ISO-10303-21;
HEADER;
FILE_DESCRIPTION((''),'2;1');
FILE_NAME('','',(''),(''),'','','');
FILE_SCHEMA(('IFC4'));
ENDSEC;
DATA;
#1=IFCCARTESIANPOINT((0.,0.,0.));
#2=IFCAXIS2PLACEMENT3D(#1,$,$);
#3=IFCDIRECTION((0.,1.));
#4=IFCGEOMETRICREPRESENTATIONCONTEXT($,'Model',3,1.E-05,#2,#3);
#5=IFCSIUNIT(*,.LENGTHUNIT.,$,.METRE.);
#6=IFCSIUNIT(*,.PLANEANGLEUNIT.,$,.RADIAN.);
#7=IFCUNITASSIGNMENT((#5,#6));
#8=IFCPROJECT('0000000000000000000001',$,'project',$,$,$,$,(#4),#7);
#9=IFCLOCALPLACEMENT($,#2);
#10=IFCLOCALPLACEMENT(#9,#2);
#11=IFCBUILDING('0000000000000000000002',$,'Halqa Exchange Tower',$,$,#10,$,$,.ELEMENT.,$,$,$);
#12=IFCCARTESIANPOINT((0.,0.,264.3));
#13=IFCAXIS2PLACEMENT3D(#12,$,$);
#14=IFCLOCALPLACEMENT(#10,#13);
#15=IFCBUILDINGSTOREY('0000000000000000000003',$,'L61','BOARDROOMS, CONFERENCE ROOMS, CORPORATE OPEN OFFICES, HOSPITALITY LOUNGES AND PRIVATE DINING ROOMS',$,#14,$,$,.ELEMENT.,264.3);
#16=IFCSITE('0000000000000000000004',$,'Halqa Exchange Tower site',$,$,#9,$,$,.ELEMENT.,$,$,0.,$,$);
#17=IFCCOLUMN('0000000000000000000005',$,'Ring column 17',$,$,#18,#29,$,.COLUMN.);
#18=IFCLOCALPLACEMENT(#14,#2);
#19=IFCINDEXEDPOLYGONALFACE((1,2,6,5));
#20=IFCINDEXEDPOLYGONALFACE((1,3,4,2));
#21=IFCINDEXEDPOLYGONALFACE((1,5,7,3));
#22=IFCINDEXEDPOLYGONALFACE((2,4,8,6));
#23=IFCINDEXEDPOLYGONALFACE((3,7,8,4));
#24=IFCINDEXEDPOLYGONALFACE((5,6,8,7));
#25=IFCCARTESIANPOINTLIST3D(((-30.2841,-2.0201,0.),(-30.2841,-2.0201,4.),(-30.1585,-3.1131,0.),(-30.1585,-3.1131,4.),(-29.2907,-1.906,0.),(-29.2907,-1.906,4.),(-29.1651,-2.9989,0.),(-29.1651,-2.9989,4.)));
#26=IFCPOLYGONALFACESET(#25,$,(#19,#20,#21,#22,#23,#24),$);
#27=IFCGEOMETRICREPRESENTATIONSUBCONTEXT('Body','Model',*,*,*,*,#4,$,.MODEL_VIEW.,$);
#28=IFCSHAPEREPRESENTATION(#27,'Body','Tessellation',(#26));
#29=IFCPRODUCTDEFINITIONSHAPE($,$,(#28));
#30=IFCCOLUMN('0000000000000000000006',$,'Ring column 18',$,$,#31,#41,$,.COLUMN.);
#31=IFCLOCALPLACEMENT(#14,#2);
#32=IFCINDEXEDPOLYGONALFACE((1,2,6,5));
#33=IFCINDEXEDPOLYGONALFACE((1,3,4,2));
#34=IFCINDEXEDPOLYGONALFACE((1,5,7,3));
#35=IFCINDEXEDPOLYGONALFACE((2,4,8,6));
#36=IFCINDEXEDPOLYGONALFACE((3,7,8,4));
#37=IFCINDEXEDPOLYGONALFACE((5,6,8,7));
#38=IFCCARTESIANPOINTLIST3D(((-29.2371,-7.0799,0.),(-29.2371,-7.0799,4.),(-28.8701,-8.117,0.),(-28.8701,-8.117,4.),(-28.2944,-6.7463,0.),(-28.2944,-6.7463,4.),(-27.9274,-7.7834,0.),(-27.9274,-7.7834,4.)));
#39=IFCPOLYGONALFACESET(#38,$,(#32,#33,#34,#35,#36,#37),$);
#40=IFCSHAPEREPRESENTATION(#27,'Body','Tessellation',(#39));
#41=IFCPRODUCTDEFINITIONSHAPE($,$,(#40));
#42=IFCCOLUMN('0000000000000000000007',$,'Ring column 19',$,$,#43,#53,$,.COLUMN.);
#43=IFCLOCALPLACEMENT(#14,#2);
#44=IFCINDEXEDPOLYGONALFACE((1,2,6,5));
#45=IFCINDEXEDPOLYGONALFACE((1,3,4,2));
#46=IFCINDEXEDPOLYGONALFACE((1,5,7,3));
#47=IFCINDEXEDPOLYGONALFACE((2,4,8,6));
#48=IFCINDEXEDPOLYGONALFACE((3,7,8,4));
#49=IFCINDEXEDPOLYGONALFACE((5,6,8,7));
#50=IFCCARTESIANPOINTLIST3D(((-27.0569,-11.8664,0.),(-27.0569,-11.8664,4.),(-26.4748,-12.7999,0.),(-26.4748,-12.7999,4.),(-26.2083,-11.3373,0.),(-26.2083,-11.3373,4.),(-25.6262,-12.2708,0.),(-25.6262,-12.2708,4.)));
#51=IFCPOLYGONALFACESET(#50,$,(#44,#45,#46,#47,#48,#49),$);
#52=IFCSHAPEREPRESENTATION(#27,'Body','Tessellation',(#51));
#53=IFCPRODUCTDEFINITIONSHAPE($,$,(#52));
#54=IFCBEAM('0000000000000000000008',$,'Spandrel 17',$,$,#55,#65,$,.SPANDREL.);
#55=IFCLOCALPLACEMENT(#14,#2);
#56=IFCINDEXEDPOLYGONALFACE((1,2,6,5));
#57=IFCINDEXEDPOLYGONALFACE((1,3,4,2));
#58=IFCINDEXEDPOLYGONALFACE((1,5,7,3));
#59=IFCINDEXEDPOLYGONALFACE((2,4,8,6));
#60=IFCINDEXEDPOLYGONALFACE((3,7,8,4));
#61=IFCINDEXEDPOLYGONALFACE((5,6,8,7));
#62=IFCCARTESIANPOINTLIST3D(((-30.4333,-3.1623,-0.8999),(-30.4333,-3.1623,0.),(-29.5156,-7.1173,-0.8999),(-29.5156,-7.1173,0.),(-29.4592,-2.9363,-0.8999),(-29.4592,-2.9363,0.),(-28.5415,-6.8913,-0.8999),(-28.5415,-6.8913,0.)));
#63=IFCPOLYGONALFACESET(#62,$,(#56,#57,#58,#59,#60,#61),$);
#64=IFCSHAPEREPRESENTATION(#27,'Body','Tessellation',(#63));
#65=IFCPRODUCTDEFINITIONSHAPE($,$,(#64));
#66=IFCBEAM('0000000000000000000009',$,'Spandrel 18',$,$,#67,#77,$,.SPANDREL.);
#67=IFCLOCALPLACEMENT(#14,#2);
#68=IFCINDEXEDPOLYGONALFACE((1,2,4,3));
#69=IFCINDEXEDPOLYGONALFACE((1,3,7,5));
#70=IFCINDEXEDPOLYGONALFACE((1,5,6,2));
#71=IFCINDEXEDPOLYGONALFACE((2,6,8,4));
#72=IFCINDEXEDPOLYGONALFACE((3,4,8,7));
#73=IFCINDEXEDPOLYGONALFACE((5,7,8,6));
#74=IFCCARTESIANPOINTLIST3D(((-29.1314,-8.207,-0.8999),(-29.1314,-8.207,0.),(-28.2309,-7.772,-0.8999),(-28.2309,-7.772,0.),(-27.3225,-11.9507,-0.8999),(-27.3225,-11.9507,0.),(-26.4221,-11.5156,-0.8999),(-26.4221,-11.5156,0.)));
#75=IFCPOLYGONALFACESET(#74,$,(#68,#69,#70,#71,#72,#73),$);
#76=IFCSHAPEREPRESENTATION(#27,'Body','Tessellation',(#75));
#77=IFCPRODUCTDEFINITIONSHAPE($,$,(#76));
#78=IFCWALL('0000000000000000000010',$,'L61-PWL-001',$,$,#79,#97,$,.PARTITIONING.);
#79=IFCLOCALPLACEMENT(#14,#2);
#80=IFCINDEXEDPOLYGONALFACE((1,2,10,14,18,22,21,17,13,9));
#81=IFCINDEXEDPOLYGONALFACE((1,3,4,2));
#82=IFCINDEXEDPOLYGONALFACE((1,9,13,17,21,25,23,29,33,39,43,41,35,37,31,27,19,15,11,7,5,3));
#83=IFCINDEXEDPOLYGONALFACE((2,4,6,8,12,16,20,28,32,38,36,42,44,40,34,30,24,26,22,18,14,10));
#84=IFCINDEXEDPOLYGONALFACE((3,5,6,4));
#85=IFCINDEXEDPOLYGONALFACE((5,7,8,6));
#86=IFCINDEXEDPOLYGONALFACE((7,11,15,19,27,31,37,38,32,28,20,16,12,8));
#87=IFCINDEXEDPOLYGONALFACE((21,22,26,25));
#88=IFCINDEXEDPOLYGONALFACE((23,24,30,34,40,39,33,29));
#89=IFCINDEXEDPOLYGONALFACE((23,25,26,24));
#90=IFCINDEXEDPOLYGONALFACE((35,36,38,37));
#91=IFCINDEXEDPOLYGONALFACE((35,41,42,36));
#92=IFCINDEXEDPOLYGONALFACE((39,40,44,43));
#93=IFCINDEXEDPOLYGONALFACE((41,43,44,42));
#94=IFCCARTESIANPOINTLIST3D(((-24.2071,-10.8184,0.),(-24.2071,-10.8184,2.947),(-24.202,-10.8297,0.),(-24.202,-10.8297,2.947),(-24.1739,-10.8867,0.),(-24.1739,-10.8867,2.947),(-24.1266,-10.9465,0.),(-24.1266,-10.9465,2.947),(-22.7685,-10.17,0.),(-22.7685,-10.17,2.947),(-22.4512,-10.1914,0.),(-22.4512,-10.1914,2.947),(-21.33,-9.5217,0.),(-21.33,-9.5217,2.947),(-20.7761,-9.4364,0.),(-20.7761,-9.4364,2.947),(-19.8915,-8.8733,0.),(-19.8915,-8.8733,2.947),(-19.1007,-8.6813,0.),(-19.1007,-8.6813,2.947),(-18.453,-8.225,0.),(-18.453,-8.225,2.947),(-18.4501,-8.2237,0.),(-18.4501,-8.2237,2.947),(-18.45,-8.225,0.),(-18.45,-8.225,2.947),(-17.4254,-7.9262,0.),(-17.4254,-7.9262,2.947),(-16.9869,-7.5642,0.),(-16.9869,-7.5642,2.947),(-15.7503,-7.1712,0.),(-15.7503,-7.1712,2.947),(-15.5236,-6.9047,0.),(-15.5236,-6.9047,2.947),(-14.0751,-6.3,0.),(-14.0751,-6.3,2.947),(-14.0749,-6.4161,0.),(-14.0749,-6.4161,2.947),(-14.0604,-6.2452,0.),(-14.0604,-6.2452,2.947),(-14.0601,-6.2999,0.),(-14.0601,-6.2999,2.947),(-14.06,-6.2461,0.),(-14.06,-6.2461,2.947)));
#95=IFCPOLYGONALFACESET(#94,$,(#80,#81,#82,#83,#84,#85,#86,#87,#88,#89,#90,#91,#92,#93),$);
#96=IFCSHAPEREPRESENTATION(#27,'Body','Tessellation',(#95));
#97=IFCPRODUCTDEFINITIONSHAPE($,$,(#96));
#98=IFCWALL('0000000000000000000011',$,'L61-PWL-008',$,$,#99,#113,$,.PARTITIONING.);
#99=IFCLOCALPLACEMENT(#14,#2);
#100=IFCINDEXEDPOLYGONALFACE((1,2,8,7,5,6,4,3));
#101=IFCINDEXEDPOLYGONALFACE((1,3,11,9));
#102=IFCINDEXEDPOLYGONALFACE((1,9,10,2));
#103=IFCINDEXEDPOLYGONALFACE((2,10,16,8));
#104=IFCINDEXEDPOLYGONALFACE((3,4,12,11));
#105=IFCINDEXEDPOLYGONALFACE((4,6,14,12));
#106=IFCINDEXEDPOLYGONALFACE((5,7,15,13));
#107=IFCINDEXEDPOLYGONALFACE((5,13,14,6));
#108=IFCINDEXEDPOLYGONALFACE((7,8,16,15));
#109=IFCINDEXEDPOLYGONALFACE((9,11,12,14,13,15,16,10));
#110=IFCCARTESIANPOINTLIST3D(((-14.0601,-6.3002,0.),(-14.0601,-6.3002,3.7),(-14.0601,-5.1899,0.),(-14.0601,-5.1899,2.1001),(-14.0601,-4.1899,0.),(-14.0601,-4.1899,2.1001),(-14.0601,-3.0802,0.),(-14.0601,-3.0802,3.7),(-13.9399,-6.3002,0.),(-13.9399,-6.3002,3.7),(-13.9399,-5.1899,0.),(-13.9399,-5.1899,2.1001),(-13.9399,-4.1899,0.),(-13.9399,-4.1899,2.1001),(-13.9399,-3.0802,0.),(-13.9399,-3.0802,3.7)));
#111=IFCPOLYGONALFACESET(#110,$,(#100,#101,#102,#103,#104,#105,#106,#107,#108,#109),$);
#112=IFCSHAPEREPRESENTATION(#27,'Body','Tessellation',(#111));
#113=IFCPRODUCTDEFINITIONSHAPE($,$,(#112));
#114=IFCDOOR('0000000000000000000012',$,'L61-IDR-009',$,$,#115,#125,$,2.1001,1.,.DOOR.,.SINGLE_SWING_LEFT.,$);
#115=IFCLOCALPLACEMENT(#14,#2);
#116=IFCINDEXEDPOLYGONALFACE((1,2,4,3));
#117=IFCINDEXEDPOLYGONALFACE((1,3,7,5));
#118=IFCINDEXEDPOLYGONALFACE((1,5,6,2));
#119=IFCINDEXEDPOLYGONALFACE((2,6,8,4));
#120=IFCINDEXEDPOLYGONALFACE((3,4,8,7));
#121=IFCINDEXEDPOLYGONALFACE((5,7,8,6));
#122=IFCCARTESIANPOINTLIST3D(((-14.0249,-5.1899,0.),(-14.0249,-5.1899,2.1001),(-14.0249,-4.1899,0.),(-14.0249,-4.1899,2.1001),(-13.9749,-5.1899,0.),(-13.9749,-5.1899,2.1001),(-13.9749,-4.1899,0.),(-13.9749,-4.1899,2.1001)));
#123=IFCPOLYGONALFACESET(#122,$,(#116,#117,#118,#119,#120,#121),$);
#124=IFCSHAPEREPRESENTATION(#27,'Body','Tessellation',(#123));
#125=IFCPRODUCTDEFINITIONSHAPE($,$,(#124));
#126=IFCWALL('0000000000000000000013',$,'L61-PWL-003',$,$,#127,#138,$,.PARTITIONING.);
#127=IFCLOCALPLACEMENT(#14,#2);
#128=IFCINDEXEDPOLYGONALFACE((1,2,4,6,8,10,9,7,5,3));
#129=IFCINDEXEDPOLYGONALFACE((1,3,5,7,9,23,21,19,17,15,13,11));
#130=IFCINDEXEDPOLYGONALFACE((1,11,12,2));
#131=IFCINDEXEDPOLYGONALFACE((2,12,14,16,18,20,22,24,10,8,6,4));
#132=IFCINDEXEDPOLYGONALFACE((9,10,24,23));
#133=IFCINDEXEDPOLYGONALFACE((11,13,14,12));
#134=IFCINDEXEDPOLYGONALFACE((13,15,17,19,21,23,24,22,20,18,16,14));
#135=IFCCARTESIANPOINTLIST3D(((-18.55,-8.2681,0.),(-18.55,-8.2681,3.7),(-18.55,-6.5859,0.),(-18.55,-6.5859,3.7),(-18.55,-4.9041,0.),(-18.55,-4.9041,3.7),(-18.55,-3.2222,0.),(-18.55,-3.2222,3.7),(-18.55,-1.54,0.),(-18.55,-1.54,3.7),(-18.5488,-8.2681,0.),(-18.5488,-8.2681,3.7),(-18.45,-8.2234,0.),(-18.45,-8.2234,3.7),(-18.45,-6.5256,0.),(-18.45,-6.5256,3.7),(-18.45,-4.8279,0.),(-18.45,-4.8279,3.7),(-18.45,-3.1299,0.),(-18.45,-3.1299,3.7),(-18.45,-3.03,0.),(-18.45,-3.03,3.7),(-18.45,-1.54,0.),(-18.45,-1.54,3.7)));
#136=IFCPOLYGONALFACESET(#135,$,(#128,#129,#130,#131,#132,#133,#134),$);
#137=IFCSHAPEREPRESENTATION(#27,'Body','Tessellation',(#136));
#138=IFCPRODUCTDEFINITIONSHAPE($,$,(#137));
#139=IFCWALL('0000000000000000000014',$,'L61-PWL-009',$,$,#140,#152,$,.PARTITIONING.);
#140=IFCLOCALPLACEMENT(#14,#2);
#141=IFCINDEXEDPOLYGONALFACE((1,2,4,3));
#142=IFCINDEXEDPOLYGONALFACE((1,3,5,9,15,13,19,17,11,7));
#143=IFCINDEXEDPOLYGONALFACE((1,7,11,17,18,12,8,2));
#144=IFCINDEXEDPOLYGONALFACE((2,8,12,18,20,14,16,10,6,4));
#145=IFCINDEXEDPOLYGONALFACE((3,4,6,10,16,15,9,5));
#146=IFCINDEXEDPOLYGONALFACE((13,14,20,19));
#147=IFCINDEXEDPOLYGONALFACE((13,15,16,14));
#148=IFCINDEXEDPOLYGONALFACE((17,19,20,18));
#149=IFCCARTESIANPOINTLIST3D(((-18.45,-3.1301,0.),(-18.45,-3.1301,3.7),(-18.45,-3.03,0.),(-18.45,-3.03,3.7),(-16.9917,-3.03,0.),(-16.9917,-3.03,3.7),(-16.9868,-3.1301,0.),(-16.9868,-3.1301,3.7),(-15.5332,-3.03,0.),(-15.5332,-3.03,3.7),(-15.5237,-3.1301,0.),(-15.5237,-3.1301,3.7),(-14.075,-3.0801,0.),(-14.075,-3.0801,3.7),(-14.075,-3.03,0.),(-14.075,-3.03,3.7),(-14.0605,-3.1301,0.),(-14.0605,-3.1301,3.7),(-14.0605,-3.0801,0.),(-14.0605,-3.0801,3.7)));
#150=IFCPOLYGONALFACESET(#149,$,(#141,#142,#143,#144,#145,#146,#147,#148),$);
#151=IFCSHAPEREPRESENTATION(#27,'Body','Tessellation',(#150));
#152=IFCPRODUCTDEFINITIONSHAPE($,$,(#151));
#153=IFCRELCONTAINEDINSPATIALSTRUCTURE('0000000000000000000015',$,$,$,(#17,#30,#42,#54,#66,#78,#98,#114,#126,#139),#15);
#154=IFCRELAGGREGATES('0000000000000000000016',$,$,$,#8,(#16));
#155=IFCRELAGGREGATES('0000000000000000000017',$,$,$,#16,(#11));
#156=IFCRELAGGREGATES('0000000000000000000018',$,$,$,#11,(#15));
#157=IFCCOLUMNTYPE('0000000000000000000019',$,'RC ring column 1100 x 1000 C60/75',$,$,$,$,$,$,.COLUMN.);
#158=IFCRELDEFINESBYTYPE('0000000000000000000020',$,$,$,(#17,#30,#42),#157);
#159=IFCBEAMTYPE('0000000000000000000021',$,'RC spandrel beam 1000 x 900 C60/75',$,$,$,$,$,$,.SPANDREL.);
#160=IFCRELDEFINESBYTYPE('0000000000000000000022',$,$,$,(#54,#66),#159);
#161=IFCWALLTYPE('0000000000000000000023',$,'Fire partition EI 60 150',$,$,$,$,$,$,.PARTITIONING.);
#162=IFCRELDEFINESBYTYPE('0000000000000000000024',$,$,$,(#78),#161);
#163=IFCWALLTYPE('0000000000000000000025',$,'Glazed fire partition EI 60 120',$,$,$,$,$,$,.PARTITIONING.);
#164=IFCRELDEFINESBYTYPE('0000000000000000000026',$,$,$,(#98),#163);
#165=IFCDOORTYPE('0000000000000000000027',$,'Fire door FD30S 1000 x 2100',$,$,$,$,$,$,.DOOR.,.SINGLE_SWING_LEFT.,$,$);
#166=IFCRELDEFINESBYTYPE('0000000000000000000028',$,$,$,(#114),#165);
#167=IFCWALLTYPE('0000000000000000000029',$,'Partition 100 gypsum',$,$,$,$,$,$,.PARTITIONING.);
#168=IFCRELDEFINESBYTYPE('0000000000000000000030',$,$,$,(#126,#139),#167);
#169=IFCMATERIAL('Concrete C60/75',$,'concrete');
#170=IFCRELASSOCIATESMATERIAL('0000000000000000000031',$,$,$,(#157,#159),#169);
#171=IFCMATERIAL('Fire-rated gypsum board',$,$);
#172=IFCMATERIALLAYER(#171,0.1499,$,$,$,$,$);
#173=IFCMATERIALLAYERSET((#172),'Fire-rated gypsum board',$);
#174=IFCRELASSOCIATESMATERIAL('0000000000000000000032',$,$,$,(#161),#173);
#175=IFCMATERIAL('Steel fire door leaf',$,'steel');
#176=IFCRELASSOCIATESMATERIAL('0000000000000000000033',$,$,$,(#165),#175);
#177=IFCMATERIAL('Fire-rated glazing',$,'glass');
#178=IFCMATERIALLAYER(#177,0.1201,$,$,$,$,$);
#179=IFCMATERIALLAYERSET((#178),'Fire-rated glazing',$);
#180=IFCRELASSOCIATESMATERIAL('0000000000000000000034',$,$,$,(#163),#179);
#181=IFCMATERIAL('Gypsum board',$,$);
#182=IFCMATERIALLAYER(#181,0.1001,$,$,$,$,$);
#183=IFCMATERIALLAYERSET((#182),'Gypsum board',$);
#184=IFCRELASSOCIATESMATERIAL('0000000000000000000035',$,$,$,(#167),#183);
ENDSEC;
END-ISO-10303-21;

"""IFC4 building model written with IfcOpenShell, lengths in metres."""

from ifc_helpers import new_model, si_unit, direction, frame, frame_2d, origin, origin_2d, place, context, subcontext, project, spatial, polyline, rectangle, outline, extrude, material, layer, layer_set, material_profile, profile_set, type_object, element, fill, save


model = new_model("IFC4")

# Units and contexts
model_context = context("Model", 3, precision=1e-05, world=origin(), true_north=direction((0.0, 1.0)))
body_context = subcontext(model_context, "Body", "Model", "MODEL_VIEW")
ifc_project = project(units=[si_unit("LENGTHUNIT", "METRE"), si_unit("PLANEANGLEUNIT", "RADIAN")], contexts=[model_context])

# Site, building, storey
site_placement = place(None, origin())
site = spatial("IfcSite", under=ifc_project, at=site_placement, Name="Halqa Exchange Tower site", CompositionType="ELEMENT", RefElevation=0.0)
building_placement = place(site_placement, origin())
building = spatial("IfcBuilding", under=site, at=building_placement, Name="Halqa Exchange Tower", CompositionType="ELEMENT")
storey_placement = place(building_placement, frame((0.0, 0.0, 264.3)))
storey = spatial("IfcBuildingStorey", under=building, at=storey_placement, Name="L61", Description="BOARDROOMS, CONFERENCE ROOMS, CORPORATE OPEN OFFICES, HOSPITALITY LOUNGES AND PRIVATE DINING ROOMS", CompositionType="ELEMENT", Elevation=264.3)

# Columns
ifc_material_1 = material(Name="Concrete C60/75", Category="concrete")
ifc_material_profile_1 = material_profile(ifc_material_1, rectangle(XDim=1.1001, YDim=1.0, at=origin_2d()), Name="1100 x 1000")
ifc_profile_set_1 = profile_set([ifc_material_profile_1], Name="Concrete C60/75")
column_type = type_object("IfcColumnType", Name="RC ring column 1100 x 1000 C60/75", PredefinedType="COLUMN", material=ifc_profile_set_1)
for number, where, z_axis, x_axis, name in (
    (1, (-29.7246, -2.5095, 0.0), (0.0, 0.0, 1.0), (0.114155, -0.993463, 0.0), "Ring column 17"),
    (2, (-28.5823, -7.4316, 0.0), (0.0, 0.0, 1.0), (0.333628, -0.942705, 0.0), "Ring column 18"),
    (3, (-26.3416, -12.0686, 0.0), (0.0, 0.0, 1.0), (0.529142, -0.848533, 0.0), "Ring column 19"),
):
    element("IfcColumn", number, at=place(storey_placement, frame(where, z_axis=z_axis, x_axis=x_axis)), inside=storey, type_object=column_type, Name=name, PredefinedType="COLUMN", context=body_context, shape_type="SweptSolid", body=[
        extrude(rectangle(XDim=1.1001, YDim=1.0, at=origin_2d()), origin(), (0.0, 0.0, 1.0), 4.0),
    ])

# Beams
ifc_material_profile_2 = material_profile(ifc_material_1, rectangle(XDim=1.0, YDim=0.8999, at=origin_2d()), Name="1000 x 900")
ifc_profile_set_2 = profile_set([ifc_material_profile_2], Name="Concrete C60/75")
beam_type = type_object("IfcBeamType", Name="RC spandrel beam 1000 x 900 C60/75", PredefinedType="SPANDREL", material=ifc_profile_set_2)
beam_1_placement = place(storey_placement, frame((-29.9463, -3.0493, -0.45), z_axis=(0.226032, -0.97412, 0.0), x_axis=(0.97412, 0.226032, 0.0)))
element("IfcBeam", 4, at=beam_1_placement, inside=storey, type_object=beam_type, Name="Spandrel 17", PredefinedType="SPANDREL", context=body_context, shape_type="SweptSolid", body=[
    extrude(rectangle(XDim=1.0, YDim=0.8999, at=origin_2d()), origin(), (0.0, 0.0, 1.0), 4.0601),
])
beam_2_placement = place(storey_placement, frame((-28.6812, -7.9895, -0.45), z_axis=(0.435053, -0.900405, 0.0), x_axis=(0.900405, 0.435053, 0.0)))
element("IfcBeam", 5, at=beam_2_placement, inside=storey, type_object=beam_type, Name="Spandrel 18", PredefinedType="SPANDREL", context=body_context, shape_type="SweptSolid", body=[
    extrude(rectangle(XDim=1.0, YDim=0.8999, at=origin_2d()), origin(), (0.0, 0.0, 1.0), 4.1577),
])

# Wall
ifc_material_2 = material(Name="Fire-rated gypsum board")
ifc_layer_1 = layer(ifc_material_2, 0.1499)
ifc_layer_set_1 = layer_set([ifc_layer_1], Name="Fire-rated gypsum board")
wall_type_1 = type_object("IfcWallType", Name="Fire partition EI 60 150", PredefinedType="PARTITIONING", material=ifc_layer_set_1)
wall_1_placement = place(storey_placement, frame((-24.1763, -10.8867, 0.0), z_axis=(0.0, 0.0, 1.0), x_axis=(0.911679, 0.410904, 0.0)))
element("IfcWall", 6, at=wall_1_placement, inside=storey, type_object=wall_type_1, Name="L61-PWL-001", PredefinedType="PARTITIONING", context=body_context, shape_type="SweptSolid", body=[
    extrude(outline(polyline([(0.0208, -0.075), (1.8584, -0.075), (3.6958, -0.075), (5.5334, -0.075), (7.3711, -0.075), (9.2085, -0.075), (11.0461, -0.075), (11.0938, 0.031), (11.1074, 0.0249), (11.1296, 0.074), (11.1296, 0.075), (9.5247, 0.075), (7.9197, 0.075), (6.3147, 0.075), (6.3142, 0.0737), (6.3115, 0.075), (4.7336, 0.075), (3.1558, 0.075), (1.5779, 0.075), (0.0, 0.075), (0.0, 0.0625), (0.0022, -0.001), (0.0208, -0.075)])), origin(), (0.0, 0.0, 1.0), 2.947),
])

# Shared definitions
ifc_material_3 = material(Name="Steel fire door leaf", Category="steel")
door_type_1 = type_object("IfcDoorType", Name="Fire door FD30S 1000 x 2100", OperationType="SINGLE_SWING_LEFT", PredefinedType="DOOR", material=ifc_material_3)

# Wall, opening, door
ifc_material_4 = material(Name="Fire-rated glazing", Category="glass")
ifc_layer_2 = layer(ifc_material_4, 0.1201)
ifc_layer_set_2 = layer_set([ifc_layer_2], Name="Fire-rated glazing")
wall_type_2 = type_object("IfcWallType", Name="Glazed fire partition EI 60 120", PredefinedType="PARTITIONING", material=ifc_layer_set_2)
wall_2_placement = place(storey_placement, frame((-14.0, -6.3, 0.0), z_axis=(0.0, 0.0, 1.0), x_axis=(0.0, 1.0, 0.0)))
wall_2 = element("IfcWall", 7, at=wall_2_placement, inside=storey, type_object=wall_type_2, Name="L61-PWL-008", PredefinedType="PARTITIONING", context=body_context, shape_type="SweptSolid", body=[
    extrude(rectangle(XDim=3.22, YDim=0.1201, at=frame_2d((1.6099, 0.0))), origin(), (0.0, 0.0, 1.0), 3.7),
])
opening_1_placement = place(wall_2_placement, frame((1.1101, 0.0, 0.0)))
opening_1 = element("IfcOpeningElement", 8, at=opening_1_placement, cuts=wall_2, PredefinedType="OPENING", context=body_context, shape_type="SweptSolid", body=[
    extrude(rectangle(XDim=1.0, YDim=2.1001, at=frame_2d((0.5, 1.05))), frame((0.0, 0.072, 0.0), z_axis=(0.0, -1.0, 0.0), x_axis=(1.0, 0.0, 0.0)), (0.0, 0.0, 1.0), 0.144),
])
door_1_placement = place(opening_1_placement, origin())
door_1 = element("IfcDoor", 9, at=door_1_placement, inside=storey, type_object=door_type_1, Name="L61-IDR-009", OperationType="SINGLE_SWING_LEFT", OverallHeight=2.1001, OverallWidth=1.0, PredefinedType="DOOR", context=body_context, shape_type="SweptSolid", body=[
    extrude(rectangle(XDim=1.0, YDim=2.1001, at=frame_2d((0.5, 1.05))), frame((0.0, 0.0249, 0.0), z_axis=(0.0, -1.0, 0.0), x_axis=(1.0, 0.0, 0.0)), (0.0, 0.0, 1.0), 0.05),
])
fill(opening_1, door_1)

# Walls
ifc_material_5 = material(Name="Gypsum board")
ifc_layer_3 = layer(ifc_material_5, 0.1001)
ifc_layer_set_3 = layer_set([ifc_layer_3], Name="Gypsum board")
wall_type_3 = type_object("IfcWallType", Name="Partition 100 gypsum", PredefinedType="PARTITIONING", material=ifc_layer_set_3)
wall_3_placement = place(storey_placement, frame((-18.5, -8.2681, 0.0), z_axis=(0.0, 0.0, 1.0), x_axis=(0.0, 1.0, 0.0)))
element("IfcWall", 10, at=wall_3_placement, inside=storey, type_object=wall_type_3, Name="L61-PWL-003", PredefinedType="PARTITIONING", context=body_context, shape_type="SweptSolid", body=[
    extrude(outline(polyline([(0.0447, -0.05), (1.7424, -0.05), (3.4402, -0.05), (5.1382, -0.05), (5.1382, -0.05), (5.238, -0.05), (5.238, -0.05), (6.728, -0.05), (6.728, 0.05), (5.0459, 0.05), (3.364, 0.05), (1.6821, 0.05), (0.0, 0.05), (0.0, 0.0488), (0.0447, -0.05)])), origin(), (0.0, 0.0, 1.0), 3.7),
])
wall_4_placement = place(storey_placement, frame((-14.0605, -3.0801, 0.0), z_axis=(0.0, 0.0, 1.0), x_axis=(-1.0, 0.0, 0.0)))
element("IfcWall", 11, at=wall_4_placement, inside=storey, type_object=wall_type_3, Name="L61-PWL-009", PredefinedType="PARTITIONING", context=body_context, shape_type="SweptSolid", body=[
    extrude(outline(polyline([(0.0, 0.05), (0.0, 0.0), (0.0144, 0.0), (0.0144, -0.05), (1.4727, -0.05), (2.9312, -0.05), (4.3894, -0.05), (4.3894, 0.05), (2.9263, 0.05), (1.4631, 0.05), (0.0, 0.05)])), origin(), (0.0, 0.0, 1.0), 3.7),
])

save(model, "model.ifc")
